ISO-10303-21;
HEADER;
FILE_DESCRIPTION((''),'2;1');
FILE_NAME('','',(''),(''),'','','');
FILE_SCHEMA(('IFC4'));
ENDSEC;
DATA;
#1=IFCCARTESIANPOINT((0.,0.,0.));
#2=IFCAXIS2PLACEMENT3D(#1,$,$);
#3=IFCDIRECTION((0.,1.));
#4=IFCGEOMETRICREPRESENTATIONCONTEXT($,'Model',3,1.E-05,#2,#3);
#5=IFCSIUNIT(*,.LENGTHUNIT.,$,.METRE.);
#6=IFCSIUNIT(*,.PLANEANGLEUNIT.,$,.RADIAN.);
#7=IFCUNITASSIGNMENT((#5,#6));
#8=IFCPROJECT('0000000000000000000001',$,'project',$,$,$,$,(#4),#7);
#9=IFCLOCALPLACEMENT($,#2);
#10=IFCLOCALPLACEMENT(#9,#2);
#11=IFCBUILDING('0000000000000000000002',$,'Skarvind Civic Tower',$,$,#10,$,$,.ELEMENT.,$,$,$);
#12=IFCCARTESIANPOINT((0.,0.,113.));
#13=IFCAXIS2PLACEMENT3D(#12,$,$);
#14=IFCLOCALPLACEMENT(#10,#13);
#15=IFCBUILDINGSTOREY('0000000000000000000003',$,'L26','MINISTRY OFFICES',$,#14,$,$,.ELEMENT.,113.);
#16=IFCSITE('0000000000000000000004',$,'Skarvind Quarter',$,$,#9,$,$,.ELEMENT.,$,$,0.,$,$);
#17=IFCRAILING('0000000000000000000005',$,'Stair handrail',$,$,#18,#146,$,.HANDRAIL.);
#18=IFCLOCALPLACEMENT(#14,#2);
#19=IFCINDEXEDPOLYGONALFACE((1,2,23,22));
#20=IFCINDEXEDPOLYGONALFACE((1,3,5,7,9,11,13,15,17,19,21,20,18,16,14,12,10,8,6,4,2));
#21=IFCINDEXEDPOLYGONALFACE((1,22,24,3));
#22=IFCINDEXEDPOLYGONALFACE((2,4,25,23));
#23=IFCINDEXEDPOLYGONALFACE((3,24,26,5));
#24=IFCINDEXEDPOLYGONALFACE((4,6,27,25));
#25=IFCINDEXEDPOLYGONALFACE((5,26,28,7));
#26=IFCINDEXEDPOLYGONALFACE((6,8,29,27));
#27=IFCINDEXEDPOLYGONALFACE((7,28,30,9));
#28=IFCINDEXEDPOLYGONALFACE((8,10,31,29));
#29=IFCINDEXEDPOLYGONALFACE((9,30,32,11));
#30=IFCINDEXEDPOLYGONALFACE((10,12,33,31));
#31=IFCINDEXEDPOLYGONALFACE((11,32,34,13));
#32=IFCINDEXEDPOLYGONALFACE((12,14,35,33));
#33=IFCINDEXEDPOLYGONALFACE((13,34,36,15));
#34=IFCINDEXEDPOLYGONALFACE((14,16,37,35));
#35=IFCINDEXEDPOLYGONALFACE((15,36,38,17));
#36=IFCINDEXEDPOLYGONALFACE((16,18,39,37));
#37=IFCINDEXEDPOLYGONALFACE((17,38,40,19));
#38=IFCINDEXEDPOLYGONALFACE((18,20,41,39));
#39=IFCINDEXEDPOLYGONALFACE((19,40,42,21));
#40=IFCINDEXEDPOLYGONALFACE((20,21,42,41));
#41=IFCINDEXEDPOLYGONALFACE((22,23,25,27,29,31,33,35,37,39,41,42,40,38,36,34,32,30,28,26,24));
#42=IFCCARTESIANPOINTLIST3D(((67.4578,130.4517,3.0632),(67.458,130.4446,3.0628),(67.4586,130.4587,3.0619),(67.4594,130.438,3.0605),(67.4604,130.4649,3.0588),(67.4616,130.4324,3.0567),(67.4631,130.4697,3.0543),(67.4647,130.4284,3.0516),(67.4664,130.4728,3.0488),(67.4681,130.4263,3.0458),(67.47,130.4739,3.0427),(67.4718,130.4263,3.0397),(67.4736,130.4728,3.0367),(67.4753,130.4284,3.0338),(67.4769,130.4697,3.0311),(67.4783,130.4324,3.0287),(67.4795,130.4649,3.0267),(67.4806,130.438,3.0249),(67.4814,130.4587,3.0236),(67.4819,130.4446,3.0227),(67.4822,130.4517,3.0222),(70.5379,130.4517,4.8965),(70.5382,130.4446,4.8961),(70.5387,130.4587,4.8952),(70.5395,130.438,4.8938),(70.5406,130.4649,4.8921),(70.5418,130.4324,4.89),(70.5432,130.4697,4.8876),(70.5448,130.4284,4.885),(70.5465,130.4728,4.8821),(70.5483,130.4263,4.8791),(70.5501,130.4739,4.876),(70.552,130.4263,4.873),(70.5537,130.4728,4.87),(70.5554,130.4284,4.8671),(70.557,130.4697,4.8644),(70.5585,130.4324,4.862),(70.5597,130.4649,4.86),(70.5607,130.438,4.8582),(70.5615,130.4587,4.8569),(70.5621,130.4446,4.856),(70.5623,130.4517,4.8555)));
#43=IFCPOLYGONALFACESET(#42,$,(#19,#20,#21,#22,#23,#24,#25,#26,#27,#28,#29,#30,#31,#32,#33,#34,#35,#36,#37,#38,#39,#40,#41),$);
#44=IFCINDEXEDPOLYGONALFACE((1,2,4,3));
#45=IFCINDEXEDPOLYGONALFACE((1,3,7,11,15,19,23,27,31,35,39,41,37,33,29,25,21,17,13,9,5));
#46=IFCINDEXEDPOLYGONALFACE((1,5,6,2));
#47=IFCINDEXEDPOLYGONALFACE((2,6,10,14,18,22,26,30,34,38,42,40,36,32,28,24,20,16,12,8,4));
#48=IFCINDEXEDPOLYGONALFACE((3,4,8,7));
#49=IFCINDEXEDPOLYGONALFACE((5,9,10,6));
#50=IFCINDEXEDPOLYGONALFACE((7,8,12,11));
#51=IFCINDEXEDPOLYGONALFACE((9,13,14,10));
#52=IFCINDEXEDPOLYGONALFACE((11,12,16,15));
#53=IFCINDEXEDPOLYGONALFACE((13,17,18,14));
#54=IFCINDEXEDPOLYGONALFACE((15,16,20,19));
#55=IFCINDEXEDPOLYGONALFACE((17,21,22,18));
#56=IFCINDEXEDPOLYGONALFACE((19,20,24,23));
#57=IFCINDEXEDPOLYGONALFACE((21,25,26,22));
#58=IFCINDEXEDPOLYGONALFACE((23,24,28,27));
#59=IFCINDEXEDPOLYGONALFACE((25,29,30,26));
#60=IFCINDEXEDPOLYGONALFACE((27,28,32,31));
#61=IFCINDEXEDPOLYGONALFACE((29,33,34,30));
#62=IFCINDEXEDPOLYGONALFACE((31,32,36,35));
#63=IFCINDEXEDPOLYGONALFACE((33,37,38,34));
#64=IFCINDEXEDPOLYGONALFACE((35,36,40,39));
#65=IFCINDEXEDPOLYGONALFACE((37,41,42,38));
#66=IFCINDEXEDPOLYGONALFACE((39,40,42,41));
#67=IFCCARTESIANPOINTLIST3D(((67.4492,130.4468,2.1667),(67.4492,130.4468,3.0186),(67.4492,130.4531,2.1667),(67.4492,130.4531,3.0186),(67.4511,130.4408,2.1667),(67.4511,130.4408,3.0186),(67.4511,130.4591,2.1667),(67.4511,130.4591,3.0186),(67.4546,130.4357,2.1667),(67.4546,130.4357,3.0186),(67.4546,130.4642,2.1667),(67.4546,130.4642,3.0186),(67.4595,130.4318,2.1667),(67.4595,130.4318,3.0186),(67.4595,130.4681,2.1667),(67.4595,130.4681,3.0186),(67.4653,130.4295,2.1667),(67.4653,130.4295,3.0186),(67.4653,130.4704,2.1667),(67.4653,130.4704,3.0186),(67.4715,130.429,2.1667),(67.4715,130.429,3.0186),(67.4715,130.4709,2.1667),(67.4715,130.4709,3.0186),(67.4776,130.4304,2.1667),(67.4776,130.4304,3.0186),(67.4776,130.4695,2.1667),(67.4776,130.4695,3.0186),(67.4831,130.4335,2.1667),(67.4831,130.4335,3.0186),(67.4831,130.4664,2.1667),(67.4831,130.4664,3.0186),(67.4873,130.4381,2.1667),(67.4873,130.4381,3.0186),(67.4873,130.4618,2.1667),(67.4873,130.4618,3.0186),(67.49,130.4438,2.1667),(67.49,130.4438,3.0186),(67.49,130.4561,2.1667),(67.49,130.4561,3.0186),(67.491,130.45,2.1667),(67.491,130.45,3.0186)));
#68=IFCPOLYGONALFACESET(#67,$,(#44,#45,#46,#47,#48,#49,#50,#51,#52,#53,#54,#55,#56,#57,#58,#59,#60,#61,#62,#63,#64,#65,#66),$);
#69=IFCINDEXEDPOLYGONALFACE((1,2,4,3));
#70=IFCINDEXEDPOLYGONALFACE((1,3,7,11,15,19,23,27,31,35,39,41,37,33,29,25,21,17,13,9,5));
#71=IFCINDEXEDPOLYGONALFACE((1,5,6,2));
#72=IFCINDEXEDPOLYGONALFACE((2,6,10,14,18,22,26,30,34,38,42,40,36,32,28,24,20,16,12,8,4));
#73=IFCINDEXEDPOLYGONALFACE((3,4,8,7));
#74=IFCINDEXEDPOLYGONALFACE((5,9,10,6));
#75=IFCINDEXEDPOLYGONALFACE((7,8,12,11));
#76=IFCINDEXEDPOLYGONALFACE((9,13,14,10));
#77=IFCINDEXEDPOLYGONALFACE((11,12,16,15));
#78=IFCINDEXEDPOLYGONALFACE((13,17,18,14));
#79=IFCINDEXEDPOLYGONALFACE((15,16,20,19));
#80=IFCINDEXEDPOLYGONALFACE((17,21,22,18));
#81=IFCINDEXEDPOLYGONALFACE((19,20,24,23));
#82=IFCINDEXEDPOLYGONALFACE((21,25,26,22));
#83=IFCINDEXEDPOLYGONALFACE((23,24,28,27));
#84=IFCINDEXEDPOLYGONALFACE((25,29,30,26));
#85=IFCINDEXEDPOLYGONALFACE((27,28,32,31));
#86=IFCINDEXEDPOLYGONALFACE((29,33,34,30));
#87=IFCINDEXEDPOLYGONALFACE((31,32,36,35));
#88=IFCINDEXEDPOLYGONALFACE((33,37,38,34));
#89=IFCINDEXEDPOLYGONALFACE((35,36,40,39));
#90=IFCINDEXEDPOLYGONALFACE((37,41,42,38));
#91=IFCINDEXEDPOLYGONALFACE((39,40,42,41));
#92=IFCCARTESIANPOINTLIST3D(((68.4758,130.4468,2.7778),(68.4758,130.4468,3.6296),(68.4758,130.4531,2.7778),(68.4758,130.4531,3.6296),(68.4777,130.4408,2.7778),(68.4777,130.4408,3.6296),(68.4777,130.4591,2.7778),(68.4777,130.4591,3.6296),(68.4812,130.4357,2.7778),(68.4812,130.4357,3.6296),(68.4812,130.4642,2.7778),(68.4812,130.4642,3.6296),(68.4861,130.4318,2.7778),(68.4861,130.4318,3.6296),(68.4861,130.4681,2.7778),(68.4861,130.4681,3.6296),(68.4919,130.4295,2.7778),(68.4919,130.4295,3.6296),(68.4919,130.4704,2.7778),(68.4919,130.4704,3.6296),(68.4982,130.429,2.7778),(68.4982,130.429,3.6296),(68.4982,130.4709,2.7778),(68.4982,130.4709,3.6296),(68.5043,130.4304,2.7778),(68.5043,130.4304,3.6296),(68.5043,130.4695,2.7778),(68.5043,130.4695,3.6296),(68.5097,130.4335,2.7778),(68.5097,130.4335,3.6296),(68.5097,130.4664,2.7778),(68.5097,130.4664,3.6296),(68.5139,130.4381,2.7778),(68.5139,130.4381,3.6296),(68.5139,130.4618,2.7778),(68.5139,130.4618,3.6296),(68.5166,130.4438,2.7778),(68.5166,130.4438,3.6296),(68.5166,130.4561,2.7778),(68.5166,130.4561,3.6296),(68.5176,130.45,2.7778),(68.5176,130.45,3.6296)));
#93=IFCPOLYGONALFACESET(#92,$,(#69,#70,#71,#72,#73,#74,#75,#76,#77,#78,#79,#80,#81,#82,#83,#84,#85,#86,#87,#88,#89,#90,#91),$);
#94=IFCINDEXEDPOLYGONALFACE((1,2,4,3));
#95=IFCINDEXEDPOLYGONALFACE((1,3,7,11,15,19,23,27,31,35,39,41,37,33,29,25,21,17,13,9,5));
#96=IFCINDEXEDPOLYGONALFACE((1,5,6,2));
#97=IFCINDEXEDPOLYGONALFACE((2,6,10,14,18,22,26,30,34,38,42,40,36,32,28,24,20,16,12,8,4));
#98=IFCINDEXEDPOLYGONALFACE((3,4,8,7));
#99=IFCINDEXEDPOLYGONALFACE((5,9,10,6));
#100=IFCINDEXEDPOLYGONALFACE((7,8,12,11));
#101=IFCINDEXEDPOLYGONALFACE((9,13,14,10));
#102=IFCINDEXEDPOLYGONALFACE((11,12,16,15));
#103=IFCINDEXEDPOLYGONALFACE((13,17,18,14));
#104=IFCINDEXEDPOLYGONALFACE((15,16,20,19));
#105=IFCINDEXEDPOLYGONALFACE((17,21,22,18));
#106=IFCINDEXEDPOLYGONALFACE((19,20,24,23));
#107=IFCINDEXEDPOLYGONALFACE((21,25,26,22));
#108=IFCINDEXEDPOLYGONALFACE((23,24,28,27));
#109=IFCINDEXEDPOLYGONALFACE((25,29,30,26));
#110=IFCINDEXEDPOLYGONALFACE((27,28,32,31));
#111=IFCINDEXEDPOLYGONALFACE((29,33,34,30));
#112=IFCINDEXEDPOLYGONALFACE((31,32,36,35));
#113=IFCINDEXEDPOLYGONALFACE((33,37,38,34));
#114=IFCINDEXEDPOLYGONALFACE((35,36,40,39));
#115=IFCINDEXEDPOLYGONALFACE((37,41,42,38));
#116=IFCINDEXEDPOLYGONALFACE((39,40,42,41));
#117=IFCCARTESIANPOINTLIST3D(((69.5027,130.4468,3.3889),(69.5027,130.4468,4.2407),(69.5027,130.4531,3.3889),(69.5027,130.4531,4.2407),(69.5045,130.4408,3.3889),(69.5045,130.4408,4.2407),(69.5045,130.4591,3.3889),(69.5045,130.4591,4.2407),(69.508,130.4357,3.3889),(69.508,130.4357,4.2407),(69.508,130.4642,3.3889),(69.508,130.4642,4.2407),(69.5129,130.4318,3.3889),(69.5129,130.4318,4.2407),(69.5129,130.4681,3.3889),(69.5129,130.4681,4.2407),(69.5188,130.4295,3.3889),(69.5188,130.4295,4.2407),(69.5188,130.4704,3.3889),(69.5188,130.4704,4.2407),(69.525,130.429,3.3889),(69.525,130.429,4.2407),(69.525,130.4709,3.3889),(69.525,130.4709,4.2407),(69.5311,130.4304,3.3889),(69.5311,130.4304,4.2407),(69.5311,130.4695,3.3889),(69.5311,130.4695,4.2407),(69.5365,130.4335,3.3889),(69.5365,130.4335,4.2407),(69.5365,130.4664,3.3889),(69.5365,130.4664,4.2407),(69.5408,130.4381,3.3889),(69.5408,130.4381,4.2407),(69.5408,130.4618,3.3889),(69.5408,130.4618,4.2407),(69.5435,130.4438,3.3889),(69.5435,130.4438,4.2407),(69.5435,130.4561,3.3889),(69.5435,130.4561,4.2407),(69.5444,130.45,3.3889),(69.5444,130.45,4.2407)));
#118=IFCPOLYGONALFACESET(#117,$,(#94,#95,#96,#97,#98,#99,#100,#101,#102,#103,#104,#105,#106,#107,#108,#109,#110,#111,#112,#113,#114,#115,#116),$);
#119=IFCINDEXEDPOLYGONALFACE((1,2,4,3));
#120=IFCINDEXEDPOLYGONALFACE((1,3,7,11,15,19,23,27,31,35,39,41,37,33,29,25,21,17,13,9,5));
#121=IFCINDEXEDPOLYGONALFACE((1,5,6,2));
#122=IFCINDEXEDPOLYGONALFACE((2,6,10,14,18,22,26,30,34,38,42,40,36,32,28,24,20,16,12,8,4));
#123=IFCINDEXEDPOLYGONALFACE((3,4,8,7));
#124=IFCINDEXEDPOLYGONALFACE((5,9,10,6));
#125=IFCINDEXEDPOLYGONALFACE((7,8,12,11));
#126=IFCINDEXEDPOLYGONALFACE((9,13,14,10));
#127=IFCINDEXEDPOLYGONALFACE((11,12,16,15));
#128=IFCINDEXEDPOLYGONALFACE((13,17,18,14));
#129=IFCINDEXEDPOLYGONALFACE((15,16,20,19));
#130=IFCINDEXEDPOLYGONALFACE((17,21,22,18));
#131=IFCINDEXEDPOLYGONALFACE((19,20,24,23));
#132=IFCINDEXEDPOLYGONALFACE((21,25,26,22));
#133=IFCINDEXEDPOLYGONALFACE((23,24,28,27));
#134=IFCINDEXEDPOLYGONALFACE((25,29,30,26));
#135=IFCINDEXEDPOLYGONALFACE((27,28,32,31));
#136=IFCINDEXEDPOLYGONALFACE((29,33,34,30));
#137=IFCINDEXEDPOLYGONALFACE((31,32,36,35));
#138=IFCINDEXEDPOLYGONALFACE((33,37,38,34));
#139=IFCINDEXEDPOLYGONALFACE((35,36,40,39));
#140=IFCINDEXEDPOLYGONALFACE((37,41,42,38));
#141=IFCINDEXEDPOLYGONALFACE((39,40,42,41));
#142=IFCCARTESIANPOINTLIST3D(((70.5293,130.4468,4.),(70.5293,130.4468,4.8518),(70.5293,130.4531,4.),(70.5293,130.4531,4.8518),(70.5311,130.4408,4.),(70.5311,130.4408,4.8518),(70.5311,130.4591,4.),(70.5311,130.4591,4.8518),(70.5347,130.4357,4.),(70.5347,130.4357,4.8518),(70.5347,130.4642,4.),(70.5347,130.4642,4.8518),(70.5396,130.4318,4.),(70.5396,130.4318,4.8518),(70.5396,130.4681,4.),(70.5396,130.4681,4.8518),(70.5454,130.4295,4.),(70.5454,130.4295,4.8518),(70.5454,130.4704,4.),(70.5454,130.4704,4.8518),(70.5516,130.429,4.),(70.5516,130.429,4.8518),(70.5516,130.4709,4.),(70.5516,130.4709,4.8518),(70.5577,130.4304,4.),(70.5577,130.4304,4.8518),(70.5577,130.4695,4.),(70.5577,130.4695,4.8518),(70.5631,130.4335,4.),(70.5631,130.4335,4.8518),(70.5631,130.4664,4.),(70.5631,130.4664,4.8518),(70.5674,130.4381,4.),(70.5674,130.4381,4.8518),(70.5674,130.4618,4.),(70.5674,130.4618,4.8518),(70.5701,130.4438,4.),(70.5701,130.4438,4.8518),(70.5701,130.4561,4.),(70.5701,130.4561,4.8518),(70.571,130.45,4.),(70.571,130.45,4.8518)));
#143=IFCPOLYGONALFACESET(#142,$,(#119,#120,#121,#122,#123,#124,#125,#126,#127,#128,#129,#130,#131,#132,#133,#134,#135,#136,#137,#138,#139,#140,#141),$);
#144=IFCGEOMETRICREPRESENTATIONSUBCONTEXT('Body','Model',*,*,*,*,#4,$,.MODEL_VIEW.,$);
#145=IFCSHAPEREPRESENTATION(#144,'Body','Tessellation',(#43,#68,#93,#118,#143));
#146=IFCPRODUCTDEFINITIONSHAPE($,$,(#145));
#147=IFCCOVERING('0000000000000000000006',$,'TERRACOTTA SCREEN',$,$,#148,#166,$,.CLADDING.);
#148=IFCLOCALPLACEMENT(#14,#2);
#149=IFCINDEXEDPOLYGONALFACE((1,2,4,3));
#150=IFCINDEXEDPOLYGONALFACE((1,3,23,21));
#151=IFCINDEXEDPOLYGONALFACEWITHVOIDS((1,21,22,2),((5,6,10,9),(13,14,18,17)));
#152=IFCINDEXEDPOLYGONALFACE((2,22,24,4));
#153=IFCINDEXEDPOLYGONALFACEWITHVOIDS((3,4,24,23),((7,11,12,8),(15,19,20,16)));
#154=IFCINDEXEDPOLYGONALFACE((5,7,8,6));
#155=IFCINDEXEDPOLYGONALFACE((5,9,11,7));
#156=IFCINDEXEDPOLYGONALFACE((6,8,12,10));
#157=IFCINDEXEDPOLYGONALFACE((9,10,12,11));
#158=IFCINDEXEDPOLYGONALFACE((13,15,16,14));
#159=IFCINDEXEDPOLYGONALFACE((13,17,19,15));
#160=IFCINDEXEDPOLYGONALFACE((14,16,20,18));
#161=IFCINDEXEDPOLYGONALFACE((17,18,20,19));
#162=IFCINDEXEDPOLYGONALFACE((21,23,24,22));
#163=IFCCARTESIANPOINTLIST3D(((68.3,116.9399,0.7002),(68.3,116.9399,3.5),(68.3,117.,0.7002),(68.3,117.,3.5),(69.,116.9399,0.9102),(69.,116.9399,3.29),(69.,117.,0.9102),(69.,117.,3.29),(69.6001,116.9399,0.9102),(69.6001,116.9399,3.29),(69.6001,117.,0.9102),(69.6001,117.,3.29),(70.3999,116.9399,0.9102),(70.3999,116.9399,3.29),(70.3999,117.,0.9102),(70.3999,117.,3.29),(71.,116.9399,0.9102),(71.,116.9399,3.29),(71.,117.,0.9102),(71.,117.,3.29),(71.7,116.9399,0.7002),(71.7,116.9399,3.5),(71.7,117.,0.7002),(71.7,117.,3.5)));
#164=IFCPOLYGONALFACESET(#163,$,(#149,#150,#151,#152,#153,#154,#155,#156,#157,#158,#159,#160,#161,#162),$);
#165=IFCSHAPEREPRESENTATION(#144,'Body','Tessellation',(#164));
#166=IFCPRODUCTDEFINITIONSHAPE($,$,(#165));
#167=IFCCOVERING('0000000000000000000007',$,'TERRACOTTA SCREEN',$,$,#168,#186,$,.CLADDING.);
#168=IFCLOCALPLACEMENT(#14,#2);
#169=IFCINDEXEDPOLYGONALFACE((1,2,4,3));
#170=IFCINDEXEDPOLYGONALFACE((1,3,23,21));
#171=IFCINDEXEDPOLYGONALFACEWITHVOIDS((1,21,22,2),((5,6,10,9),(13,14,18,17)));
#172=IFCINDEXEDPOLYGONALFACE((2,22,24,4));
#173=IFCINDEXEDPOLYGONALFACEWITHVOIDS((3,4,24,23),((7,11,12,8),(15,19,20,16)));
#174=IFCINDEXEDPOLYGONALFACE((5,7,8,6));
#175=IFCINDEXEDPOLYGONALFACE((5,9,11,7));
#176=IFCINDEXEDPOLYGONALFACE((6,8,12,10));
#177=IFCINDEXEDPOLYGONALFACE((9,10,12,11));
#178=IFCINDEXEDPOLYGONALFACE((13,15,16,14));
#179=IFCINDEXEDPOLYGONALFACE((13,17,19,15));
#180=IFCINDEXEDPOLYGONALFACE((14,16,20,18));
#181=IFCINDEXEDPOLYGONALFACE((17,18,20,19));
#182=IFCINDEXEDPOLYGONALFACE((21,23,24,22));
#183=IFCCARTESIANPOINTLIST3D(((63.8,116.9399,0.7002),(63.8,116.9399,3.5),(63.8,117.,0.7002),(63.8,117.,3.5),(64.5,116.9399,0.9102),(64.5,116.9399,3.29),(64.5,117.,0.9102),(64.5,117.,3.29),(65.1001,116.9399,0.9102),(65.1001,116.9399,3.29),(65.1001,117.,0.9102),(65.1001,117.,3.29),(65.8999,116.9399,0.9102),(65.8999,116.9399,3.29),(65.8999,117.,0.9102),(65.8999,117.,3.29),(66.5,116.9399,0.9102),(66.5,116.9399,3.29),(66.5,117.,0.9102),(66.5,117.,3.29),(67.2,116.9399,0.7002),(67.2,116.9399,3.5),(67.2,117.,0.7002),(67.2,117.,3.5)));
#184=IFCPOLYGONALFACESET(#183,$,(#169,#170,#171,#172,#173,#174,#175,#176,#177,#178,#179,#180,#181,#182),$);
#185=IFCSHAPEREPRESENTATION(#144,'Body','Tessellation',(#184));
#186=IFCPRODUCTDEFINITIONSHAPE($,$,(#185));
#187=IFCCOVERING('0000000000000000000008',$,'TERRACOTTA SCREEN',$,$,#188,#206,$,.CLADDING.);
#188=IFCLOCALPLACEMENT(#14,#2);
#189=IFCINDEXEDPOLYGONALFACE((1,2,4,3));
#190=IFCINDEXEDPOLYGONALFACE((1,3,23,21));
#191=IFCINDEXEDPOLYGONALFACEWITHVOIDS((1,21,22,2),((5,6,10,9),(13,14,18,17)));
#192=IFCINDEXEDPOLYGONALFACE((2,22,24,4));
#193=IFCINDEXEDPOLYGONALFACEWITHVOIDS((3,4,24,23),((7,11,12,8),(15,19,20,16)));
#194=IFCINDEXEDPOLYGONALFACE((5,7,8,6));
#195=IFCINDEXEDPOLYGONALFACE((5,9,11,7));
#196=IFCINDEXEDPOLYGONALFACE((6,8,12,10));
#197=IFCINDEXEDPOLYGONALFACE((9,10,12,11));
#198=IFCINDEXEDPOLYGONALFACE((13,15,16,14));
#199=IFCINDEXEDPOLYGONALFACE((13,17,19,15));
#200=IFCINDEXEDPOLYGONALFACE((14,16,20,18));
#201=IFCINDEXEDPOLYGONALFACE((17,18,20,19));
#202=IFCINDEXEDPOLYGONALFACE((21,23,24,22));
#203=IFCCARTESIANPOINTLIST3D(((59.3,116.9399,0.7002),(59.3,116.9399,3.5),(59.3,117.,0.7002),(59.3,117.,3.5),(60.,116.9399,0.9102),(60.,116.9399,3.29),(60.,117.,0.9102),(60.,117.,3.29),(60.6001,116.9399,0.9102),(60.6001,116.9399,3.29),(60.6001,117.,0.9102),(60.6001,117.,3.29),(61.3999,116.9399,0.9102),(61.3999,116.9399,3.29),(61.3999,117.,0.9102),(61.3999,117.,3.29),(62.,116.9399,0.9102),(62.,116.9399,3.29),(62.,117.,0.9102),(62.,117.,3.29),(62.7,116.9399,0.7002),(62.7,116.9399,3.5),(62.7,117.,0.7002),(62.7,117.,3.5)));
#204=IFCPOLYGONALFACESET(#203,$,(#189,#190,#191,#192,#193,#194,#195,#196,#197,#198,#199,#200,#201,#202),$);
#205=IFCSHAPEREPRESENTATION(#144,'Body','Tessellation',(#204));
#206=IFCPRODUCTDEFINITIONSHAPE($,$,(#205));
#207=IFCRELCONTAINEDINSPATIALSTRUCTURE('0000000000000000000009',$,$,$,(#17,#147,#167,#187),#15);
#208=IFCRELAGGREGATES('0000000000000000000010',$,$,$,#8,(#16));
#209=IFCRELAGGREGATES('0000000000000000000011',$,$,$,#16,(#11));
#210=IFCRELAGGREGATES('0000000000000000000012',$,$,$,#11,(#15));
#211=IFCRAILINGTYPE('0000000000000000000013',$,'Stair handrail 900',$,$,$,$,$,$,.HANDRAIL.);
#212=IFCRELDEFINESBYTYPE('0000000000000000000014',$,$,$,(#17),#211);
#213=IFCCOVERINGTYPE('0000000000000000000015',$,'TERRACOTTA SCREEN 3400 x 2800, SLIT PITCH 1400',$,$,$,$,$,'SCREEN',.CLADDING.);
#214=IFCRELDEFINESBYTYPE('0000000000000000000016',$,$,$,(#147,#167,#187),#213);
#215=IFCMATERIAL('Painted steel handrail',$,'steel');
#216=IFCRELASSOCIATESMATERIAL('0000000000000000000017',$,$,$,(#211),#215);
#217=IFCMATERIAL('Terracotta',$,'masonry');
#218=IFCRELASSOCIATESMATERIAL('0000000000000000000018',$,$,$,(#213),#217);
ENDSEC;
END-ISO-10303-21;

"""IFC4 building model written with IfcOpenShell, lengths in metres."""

from ifc_helpers import new_model, si_unit, direction, frame, origin, origin_2d, place, context, subcontext, project, spatial, polyline, circle, outline, extrude, material, material_profile, profile_set, type_object, element, save


model = new_model("IFC4")

# Units and contexts
model_context = context("Model", 3, precision=1e-05, world=origin(), true_north=direction((0.0, 1.0)))
body_context = subcontext(model_context, "Body", "Model", "MODEL_VIEW")
ifc_project = project(units=[si_unit("LENGTHUNIT", "METRE"), si_unit("PLANEANGLEUNIT", "RADIAN")], contexts=[model_context])

# Site, building, storey
site_placement = place(None, origin())
site = spatial("IfcSite", under=ifc_project, at=site_placement, Name="Skarvind Quarter", CompositionType="ELEMENT", RefElevation=0.0)
building_placement = place(site_placement, origin())
building = spatial("IfcBuilding", under=site, at=building_placement, Name="Skarvind Civic Tower", CompositionType="ELEMENT")
storey_placement = place(building_placement, frame((0.0, 0.0, 113.0)))
storey = spatial("IfcBuildingStorey", under=building, at=storey_placement, Name="L26", Description="MINISTRY OFFICES", CompositionType="ELEMENT", Elevation=113.0)

# Railing
ifc_material_1 = material(Name="Painted steel handrail", Category="steel")
railing_type = type_object("IfcRailingType", Name="Stair handrail 900", PredefinedType="HANDRAIL", material=ifc_material_1)
railing_1_placement = place(storey_placement, frame((67.47, 130.45, 2.1667)))
element("IfcRailing", 1, at=railing_1_placement, inside=storey, type_object=railing_type, Name="Stair handrail", PredefinedType="HANDRAIL", context=body_context, shape_type="SweptSolid", body=[
    extrude(circle(Radius=0.0239, at=origin_2d()), frame((0.0, 0.0, 0.876), z_axis=(0.859309, 0.0, 0.511458), x_axis=(0.0, 1.0, 0.0)), (0.0, 0.0, 1.0), 3.5845),
    extrude(circle(Radius=0.021, at=origin_2d()), origin(), (0.0, 0.0, 1.0), 0.8518),
    extrude(circle(Radius=0.021, at=origin_2d()), frame((1.0266, 0.0, 0.6111)), (0.0, 0.0, 1.0), 0.8518),
    extrude(circle(Radius=0.021, at=origin_2d()), frame((2.0535, 0.0, 1.2222)), (0.0, 0.0, 1.0), 0.8518),
    extrude(circle(Radius=0.021, at=origin_2d()), frame((3.0801, 0.0, 1.8333)), (0.0, 0.0, 1.0), 0.8518),
])

# Coverings
ifc_material_2 = material(Name="Terracotta", Category="masonry")
ifc_material_profile_1 = material_profile(ifc_material_2, outline(polyline([(-1.7, -1.3999), (1.7, -1.3999), (1.7, 1.3999), (-1.7, 1.3999), (-1.7, -1.3999)]), holes=[polyline([(-1.0, -1.1899), (-0.3999, -1.1899), (-0.3999, 1.1899), (-1.0, 1.1899), (-1.0, -1.1899)]), polyline([(0.3999, -1.1899), (1.0, -1.1899), (1.0, 1.1899), (0.3999, 1.1899), (0.3999, -1.1899)])]), Name="TERRACOTTA SCREEN 3400 x 2800, SLIT PITCH 1400")
ifc_profile_set_1 = profile_set([ifc_material_profile_1], Name="Terracotta")
covering_type = type_object("IfcCoveringType", Name="TERRACOTTA SCREEN 3400 x 2800, SLIT PITCH 1400", ElementType="SCREEN", PredefinedType="CLADDING", material=ifc_profile_set_1)
for number, where, z_axis, x_axis, name in (
    (2, (70.0, 117.0, 2.1001), (0.0, -1.0, 0.0), (1.0, 0.0, 0.0), "TERRACOTTA SCREEN"),
    (3, (65.5, 117.0, 2.1001), (0.0, -1.0, 0.0), (1.0, 0.0, 0.0), "TERRACOTTA SCREEN"),
    (4, (61.0, 117.0, 2.1001), (0.0, -1.0, 0.0), (1.0, 0.0, 0.0), "TERRACOTTA SCREEN"),
):
    element("IfcCovering", number, at=place(storey_placement, frame(where, z_axis=z_axis, x_axis=x_axis)), inside=storey, type_object=covering_type, Name=name, PredefinedType="CLADDING", context=body_context, shape_type="SweptSolid", body=[
        extrude(outline(polyline([(-1.7, -1.3999), (1.7, -1.3999), (1.7, 1.3999), (-1.7, 1.3999), (-1.7, -1.3999)]), holes=[polyline([(-1.0, -1.1899), (-0.3999, -1.1899), (-0.3999, 1.1899), (-1.0, 1.1899), (-1.0, -1.1899)]), polyline([(0.3999, -1.1899), (1.0, -1.1899), (1.0, 1.1899), (0.3999, 1.1899), (0.3999, -1.1899)])]), origin(), (0.0, 0.0, 1.0), 0.0601),
    ])

save(model, "model.ifc")
